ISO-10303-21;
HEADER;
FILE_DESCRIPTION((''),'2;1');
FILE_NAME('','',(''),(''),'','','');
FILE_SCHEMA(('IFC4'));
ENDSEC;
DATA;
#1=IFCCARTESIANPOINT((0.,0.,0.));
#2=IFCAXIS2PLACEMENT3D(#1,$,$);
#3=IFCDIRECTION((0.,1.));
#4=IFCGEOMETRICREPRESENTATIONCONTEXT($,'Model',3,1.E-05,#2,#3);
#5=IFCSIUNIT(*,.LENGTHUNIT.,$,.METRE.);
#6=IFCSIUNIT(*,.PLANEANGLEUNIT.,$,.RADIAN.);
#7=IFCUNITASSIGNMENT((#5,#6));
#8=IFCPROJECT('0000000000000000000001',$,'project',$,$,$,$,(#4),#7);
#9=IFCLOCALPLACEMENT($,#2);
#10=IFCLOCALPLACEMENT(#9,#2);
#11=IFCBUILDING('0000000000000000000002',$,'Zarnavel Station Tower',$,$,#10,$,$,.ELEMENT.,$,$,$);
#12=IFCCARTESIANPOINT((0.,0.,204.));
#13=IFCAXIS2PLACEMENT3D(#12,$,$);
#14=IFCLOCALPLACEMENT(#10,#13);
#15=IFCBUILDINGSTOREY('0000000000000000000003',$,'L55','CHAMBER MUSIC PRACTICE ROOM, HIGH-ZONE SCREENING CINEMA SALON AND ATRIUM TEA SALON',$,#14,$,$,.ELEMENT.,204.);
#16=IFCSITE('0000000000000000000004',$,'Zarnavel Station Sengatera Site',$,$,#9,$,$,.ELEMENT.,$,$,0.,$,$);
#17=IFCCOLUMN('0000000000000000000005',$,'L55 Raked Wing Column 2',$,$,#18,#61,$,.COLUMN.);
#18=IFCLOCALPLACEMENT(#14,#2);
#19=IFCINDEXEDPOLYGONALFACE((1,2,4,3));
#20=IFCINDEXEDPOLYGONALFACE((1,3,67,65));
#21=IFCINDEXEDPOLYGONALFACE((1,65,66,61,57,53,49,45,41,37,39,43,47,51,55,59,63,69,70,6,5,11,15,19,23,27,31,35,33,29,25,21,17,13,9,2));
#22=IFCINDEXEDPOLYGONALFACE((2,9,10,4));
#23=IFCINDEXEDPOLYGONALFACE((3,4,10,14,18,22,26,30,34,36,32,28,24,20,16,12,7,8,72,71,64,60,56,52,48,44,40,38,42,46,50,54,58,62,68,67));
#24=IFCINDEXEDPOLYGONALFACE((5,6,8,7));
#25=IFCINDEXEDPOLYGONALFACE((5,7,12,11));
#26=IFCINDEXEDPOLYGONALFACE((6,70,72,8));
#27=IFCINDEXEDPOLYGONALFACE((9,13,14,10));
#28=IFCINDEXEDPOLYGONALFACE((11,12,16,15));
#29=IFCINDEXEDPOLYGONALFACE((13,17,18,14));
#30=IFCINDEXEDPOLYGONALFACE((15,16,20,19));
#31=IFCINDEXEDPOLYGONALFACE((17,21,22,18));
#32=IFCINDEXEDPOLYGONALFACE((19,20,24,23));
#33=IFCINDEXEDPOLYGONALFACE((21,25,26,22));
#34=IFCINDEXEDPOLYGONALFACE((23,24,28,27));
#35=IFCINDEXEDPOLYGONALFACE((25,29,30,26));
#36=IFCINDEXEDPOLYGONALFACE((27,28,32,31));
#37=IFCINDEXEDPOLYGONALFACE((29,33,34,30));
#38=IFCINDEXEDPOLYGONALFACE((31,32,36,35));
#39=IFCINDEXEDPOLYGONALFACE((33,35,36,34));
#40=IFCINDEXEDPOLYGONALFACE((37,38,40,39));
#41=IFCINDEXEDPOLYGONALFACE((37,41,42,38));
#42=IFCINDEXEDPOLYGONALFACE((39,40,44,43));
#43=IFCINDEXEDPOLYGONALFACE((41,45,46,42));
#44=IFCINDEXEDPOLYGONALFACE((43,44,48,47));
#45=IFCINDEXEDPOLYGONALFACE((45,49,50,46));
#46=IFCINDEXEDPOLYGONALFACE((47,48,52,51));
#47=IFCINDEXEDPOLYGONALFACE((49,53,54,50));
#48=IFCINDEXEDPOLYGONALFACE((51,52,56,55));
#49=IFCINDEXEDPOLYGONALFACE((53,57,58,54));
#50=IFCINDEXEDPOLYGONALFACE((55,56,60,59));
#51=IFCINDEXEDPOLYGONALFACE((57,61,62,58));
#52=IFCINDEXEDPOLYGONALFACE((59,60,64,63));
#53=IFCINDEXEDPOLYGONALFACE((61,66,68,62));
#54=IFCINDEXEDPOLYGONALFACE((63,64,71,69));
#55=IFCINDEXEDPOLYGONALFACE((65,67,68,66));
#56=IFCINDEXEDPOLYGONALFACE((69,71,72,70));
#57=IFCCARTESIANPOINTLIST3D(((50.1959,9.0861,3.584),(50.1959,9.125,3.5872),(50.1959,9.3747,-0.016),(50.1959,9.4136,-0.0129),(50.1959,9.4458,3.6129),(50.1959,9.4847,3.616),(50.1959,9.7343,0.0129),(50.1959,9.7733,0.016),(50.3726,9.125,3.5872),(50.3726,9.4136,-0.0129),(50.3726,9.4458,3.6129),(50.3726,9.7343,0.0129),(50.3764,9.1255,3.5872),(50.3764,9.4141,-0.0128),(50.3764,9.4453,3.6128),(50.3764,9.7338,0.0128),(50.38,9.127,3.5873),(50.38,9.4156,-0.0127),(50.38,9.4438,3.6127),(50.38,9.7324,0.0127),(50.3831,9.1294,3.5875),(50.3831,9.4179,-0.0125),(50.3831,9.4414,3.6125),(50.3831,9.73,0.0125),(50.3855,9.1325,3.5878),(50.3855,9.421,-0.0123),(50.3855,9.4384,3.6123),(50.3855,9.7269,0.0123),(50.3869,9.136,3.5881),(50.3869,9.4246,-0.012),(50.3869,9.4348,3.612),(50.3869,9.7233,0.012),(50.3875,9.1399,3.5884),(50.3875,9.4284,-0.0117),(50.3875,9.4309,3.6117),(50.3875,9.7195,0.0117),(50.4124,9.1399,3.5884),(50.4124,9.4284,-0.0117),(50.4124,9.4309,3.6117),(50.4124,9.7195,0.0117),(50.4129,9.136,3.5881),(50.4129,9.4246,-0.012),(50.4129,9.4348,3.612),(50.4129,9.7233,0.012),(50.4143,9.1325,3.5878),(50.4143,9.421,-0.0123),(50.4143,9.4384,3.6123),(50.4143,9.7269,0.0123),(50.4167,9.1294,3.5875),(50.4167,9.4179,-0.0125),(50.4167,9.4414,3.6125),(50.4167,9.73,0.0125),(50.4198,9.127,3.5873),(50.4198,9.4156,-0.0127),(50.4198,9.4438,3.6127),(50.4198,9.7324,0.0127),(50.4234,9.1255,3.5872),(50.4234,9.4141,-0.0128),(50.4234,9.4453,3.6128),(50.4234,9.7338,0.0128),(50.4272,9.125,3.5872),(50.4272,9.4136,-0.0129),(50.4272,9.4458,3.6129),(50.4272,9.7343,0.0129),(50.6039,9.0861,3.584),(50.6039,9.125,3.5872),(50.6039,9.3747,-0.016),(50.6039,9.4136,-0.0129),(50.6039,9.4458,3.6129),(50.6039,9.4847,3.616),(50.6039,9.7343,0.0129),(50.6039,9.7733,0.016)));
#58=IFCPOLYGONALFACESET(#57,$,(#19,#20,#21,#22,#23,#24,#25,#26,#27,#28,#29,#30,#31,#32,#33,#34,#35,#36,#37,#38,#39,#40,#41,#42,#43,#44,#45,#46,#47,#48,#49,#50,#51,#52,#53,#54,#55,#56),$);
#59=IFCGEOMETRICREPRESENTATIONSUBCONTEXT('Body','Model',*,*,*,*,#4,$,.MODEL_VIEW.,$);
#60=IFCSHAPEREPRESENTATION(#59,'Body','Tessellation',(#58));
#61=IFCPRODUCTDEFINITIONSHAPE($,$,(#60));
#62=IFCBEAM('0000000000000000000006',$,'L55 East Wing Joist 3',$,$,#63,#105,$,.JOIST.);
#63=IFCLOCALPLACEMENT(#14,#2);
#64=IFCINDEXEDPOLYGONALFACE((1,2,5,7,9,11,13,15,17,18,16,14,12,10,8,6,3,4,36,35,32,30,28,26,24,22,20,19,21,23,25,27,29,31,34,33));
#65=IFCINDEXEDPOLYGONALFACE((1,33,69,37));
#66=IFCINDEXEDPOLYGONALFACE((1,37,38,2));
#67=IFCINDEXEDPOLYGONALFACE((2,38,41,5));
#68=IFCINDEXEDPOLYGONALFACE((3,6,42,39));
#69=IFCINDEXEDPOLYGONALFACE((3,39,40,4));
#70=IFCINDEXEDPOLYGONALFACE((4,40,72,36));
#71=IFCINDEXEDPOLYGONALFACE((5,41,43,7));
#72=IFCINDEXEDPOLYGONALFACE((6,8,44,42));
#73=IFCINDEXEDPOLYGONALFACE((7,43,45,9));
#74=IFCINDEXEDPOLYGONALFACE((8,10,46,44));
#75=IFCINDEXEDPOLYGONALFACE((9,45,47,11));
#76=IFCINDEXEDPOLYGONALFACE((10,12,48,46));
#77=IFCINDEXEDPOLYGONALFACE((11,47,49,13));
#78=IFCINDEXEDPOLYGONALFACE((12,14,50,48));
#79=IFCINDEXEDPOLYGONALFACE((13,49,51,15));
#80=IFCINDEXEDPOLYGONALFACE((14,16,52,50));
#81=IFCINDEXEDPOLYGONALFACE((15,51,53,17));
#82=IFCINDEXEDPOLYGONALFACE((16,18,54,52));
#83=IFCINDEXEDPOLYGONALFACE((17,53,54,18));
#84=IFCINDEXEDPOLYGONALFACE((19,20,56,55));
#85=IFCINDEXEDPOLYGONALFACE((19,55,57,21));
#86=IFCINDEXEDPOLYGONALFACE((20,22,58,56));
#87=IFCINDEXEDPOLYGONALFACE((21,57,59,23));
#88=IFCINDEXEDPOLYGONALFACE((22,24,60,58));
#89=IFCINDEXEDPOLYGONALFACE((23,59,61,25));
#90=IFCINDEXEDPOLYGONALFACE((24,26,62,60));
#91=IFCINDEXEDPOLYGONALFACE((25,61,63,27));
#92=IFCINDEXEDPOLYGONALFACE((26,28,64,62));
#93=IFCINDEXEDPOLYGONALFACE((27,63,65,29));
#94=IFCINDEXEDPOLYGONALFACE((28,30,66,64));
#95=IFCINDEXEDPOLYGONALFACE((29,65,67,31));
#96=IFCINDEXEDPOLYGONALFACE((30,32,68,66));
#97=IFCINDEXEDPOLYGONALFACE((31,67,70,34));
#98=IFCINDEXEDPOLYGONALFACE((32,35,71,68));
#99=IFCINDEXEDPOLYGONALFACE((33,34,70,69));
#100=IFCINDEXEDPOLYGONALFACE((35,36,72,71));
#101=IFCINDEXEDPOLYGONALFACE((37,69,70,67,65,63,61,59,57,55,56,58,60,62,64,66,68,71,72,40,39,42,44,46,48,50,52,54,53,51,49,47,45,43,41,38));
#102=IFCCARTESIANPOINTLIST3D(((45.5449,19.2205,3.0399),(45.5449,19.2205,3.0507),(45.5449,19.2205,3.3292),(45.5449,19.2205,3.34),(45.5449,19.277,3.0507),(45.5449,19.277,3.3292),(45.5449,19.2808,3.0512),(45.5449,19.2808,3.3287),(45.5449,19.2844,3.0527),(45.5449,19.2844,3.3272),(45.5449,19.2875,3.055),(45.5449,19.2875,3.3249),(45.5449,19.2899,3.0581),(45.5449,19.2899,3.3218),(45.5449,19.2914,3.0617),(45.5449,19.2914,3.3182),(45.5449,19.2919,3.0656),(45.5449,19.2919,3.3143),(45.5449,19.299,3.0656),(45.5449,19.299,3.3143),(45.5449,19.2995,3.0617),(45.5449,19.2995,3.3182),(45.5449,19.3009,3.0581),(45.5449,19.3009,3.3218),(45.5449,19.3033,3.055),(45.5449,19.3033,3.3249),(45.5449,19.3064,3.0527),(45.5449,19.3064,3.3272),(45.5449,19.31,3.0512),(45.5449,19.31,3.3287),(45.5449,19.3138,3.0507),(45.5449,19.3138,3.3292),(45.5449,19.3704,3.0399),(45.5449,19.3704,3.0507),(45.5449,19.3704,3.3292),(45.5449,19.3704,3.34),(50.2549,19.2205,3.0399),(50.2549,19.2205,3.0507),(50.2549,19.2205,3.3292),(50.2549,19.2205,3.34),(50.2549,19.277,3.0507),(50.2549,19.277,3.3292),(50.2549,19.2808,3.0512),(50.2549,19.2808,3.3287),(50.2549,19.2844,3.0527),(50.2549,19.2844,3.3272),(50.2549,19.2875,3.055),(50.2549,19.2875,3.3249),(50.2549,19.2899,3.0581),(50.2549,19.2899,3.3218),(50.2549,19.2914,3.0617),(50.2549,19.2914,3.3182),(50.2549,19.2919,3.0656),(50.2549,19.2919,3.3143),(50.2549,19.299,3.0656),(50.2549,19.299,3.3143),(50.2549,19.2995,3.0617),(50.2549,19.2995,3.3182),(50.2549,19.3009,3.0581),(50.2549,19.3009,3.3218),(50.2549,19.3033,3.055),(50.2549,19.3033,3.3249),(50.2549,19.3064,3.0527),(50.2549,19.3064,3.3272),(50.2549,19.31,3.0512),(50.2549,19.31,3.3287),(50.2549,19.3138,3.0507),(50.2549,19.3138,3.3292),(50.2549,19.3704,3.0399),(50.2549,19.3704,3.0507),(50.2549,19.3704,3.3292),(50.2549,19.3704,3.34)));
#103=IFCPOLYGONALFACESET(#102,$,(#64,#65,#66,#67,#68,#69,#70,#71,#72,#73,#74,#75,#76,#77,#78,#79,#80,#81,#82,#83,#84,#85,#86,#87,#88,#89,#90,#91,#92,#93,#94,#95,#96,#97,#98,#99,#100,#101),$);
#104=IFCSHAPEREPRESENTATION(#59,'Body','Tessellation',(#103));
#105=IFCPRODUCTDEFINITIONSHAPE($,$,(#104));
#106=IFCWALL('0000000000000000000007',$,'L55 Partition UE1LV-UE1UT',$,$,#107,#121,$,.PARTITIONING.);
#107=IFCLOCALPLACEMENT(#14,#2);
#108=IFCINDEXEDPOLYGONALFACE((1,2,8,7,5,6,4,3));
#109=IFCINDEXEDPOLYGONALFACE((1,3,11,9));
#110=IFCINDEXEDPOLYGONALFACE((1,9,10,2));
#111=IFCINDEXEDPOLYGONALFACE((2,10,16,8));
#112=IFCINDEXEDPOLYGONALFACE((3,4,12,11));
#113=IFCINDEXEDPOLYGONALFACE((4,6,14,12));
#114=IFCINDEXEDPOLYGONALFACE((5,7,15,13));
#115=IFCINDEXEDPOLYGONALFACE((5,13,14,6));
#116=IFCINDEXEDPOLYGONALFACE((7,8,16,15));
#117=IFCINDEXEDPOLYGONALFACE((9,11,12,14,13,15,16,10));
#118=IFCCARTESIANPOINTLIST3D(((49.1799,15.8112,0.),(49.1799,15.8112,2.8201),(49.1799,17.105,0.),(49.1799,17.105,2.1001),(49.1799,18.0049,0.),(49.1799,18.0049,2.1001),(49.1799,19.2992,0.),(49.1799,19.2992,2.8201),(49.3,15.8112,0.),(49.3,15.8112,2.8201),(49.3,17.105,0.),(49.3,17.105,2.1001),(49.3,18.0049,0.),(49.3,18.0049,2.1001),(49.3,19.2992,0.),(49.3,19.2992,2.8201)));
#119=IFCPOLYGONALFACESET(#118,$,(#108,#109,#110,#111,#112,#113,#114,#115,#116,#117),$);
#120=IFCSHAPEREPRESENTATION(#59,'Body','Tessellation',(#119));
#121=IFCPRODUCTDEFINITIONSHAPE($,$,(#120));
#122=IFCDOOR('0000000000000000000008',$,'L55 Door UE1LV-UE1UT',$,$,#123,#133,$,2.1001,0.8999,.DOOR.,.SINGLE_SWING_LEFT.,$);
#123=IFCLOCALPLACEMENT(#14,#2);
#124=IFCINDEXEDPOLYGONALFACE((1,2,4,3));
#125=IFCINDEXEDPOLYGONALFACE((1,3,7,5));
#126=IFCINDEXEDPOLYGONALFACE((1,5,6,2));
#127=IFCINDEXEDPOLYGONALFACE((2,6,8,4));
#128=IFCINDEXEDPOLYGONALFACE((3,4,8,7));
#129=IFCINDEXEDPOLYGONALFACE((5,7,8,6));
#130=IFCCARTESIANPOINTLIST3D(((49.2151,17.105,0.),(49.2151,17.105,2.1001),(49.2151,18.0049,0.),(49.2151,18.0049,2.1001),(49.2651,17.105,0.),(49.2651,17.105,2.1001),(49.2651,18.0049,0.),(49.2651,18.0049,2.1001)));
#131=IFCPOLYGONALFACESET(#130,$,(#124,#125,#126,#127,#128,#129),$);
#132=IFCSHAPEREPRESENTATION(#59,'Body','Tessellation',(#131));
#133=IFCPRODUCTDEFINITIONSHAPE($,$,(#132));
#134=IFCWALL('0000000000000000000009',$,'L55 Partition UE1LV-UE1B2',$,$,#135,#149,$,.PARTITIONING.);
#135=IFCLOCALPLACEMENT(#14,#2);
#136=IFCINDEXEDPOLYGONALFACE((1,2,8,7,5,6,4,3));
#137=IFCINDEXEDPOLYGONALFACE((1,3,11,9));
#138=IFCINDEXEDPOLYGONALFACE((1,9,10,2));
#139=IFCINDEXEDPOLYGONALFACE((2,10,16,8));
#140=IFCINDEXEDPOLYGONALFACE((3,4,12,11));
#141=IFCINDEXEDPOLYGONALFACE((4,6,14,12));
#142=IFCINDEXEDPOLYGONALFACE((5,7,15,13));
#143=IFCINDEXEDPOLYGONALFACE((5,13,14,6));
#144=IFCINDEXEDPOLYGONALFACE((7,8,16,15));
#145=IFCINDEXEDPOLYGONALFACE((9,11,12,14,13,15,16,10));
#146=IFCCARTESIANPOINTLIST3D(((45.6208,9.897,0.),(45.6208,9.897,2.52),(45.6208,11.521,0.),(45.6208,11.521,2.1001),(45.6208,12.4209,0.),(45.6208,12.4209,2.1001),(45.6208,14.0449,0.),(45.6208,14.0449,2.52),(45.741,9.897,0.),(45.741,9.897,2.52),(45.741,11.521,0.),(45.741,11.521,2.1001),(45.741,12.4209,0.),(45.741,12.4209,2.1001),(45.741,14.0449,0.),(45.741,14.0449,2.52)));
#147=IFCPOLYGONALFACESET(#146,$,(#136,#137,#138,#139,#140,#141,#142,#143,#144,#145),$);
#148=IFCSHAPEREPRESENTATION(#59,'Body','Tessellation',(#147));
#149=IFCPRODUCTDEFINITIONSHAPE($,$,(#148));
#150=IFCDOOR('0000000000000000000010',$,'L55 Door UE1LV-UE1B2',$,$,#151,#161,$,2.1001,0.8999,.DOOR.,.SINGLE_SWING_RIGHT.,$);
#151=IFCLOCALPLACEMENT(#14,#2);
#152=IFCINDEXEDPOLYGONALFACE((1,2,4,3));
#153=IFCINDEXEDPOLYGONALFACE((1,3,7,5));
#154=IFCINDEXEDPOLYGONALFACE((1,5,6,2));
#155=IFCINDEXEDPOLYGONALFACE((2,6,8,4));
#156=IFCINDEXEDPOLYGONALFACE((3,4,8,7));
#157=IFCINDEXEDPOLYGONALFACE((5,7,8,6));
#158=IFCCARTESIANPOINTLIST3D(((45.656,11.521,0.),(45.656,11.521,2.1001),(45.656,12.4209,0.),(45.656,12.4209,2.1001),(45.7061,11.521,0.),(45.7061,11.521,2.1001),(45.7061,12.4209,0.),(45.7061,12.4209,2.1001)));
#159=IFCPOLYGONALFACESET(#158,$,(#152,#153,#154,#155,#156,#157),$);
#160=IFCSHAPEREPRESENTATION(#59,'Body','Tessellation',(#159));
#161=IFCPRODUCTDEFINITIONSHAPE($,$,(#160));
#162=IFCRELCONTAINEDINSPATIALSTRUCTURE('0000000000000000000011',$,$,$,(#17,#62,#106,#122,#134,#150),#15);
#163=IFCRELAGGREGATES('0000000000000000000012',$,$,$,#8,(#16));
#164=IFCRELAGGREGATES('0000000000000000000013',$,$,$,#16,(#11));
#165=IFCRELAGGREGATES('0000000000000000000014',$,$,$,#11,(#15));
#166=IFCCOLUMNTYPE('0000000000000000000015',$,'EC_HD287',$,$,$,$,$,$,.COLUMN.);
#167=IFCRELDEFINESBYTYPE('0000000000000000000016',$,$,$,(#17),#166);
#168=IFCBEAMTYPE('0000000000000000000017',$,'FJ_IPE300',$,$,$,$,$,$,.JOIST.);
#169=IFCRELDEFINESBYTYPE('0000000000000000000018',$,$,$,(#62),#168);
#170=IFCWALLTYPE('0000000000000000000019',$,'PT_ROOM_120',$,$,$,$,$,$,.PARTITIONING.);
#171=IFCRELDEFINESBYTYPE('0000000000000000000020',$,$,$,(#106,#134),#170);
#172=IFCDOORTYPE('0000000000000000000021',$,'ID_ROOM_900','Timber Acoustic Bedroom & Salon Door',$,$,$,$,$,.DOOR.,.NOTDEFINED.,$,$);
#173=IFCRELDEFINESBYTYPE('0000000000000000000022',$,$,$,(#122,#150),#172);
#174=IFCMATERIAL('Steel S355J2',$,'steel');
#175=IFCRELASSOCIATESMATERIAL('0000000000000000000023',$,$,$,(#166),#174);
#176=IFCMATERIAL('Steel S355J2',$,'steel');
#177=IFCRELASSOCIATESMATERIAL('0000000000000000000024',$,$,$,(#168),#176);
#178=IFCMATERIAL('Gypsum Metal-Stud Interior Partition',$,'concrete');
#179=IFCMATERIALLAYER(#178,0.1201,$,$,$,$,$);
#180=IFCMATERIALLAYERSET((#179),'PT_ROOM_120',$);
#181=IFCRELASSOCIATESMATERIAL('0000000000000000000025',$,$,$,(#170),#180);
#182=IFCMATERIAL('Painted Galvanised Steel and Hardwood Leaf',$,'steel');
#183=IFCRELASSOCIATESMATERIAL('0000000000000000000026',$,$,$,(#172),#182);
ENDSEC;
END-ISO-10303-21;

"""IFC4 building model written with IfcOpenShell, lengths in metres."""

from ifc_helpers import new_model, si_unit, direction, frame, frame_2d, origin, origin_2d, place, context, subcontext, project, spatial, rectangle, i_section, extrude, material, layer, layer_set, material_profile, profile_set, type_object, element, fill, save


model = new_model("IFC4")

# Units and contexts
model_context = context("Model", 3, precision=1e-05, world=origin(), true_north=direction((0.0, 1.0)))
body_context = subcontext(model_context, "Body", "Model", "MODEL_VIEW")
ifc_project = project(units=[si_unit("LENGTHUNIT", "METRE"), si_unit("PLANEANGLEUNIT", "RADIAN")], contexts=[model_context])

# Site, building, storey
site_placement = place(None, origin())
site = spatial("IfcSite", under=ifc_project, at=site_placement, Name="Zarnavel Station Sengatera Site", CompositionType="ELEMENT", RefElevation=0.0)
building_placement = place(site_placement, origin())
building = spatial("IfcBuilding", under=site, at=building_placement, Name="Zarnavel Station Tower", CompositionType="ELEMENT")
storey_placement = place(building_placement, frame((0.0, 0.0, 204.0)))
storey = spatial("IfcBuildingStorey", under=building, at=storey_placement, Name="L55", Description="CHAMBER MUSIC PRACTICE ROOM, HIGH-ZONE SCREENING CINEMA SALON AND ATRIUM TEA SALON", CompositionType="ELEMENT", Elevation=204.0)

# Column
ifc_material_1 = material(Name="Steel S355J2", Category="steel")
ifc_material_profile_1 = material_profile(ifc_material_1, i_section(OverallWidth=0.408, OverallDepth=0.3999, WebThickness=0.0249, FlangeThickness=0.0391, FilletRadius=0.0149, at=origin_2d()), Name="HD400x287")
ifc_profile_set_1 = profile_set([ifc_material_profile_1], Name="Steel S355J2")
column_type = type_object("IfcColumnType", Name="EC_HD287", PredefinedType="COLUMN", material=ifc_profile_set_1)
column_placement = place(storey_placement, frame((50.3999, 9.574, 0.0), z_axis=(0.0, -0.079901, 0.996803), x_axis=(1.0, 0.0, 0.0)))
element("IfcColumn", 1, at=column_placement, inside=storey, type_object=column_type, Name="L55 Raked Wing Column 2", PredefinedType="COLUMN", context=body_context, shape_type="SweptSolid", body=[
    extrude(i_section(OverallWidth=0.408, OverallDepth=0.3999, WebThickness=0.0249, FlangeThickness=0.0391, FilletRadius=0.0149, at=origin_2d()), origin(), (0.0, 0.0, 1.0), 3.6116),
])

# Beam
ifc_material_2 = material(Name="Steel S355J2", Category="steel")
ifc_material_profile_2 = material_profile(ifc_material_2, i_section(OverallWidth=0.1499, OverallDepth=0.3, WebThickness=0.0071, FlangeThickness=0.0107, FilletRadius=0.0149, at=origin_2d()), Name="IPE300")
ifc_profile_set_2 = profile_set([ifc_material_profile_2], Name="Steel S355J2")
beam_type = type_object("IfcBeamType", Name="FJ_IPE300", PredefinedType="JOIST", material=ifc_profile_set_2)
beam_placement = place(storey_placement, frame((45.5449, 19.2954, 3.1899), z_axis=(1.0, 0.0, 0.0), x_axis=(0.0, 1.0, 0.0)))
element("IfcBeam", 2, at=beam_placement, inside=storey, type_object=beam_type, Name="L55 East Wing Joist 3", PredefinedType="JOIST", context=body_context, shape_type="SweptSolid", body=[
    extrude(i_section(OverallWidth=0.1499, OverallDepth=0.3, WebThickness=0.0071, FlangeThickness=0.0107, FilletRadius=0.0149, at=origin_2d()), origin(), (0.0, 0.0, 1.0), 4.71),
])

# Walls, openings, doors
ifc_material_3 = material(Name="Gypsum Metal-Stud Interior Partition", Category="concrete")
ifc_layer_1 = layer(ifc_material_3, 0.1201)
ifc_layer_set_1 = layer_set([ifc_layer_1], Name="PT_ROOM_120")
wall_type_1 = type_object("IfcWallType", Name="PT_ROOM_120", PredefinedType="PARTITIONING", material=ifc_layer_set_1)
wall_1_placement = place(storey_placement, frame((49.24, 15.811, 0.0), z_axis=(0.0, 0.0, 1.0), x_axis=(0.0, 1.0, 0.0)))
wall_1 = element("IfcWall", 3, at=wall_1_placement, inside=storey, type_object=wall_type_1, Name="L55 Partition UE1LV-UE1UT", PredefinedType="PARTITIONING", context=body_context, shape_type="SweptSolid", body=[
    extrude(rectangle(XDim=3.488, YDim=0.1201, at=frame_2d((1.7441, 0.0))), origin(), (0.0, 0.0, 1.0), 2.8201),
])
opening_1_placement = place(wall_1_placement, frame((1.2939, 0.0, 0.0)))
opening_1 = element("IfcOpeningElement", 4, at=opening_1_placement, cuts=wall_1, PredefinedType="OPENING", context=body_context, shape_type="SweptSolid", body=[
    extrude(rectangle(XDim=0.8999, YDim=2.1001, at=frame_2d((0.45, 1.05))), frame((0.0, 0.0701, 0.0), z_axis=(0.0, -1.0, 0.0), x_axis=(1.0, 0.0, 0.0)), (0.0, 0.0, 1.0), 0.1401),
])
ifc_material_4 = material(Name="Painted Galvanised Steel and Hardwood Leaf", Category="steel")
door_type_1 = type_object("IfcDoorType", Name="ID_ROOM_900", Description="Timber Acoustic Bedroom & Salon Door", OperationType="NOTDEFINED", PredefinedType="DOOR", material=ifc_material_4)
door_1_placement = place(opening_1_placement, origin())
door_1 = element("IfcDoor", 5, at=door_1_placement, inside=storey, type_object=door_type_1, Name="L55 Door UE1LV-UE1UT", OperationType="SINGLE_SWING_LEFT", OverallHeight=2.1001, OverallWidth=0.8999, PredefinedType="DOOR", context=body_context, shape_type="SweptSolid", body=[
    extrude(rectangle(XDim=0.8999, YDim=2.1001, at=frame_2d((0.45, 1.05))), frame((0.0, 0.0249, 0.0), z_axis=(0.0, -1.0, 0.0), x_axis=(1.0, 0.0, 0.0)), (0.0, 0.0, 1.0), 0.05),
])
fill(opening_1, door_1)
wall_2_placement = place(storey_placement, frame((45.6809, 9.897, 0.0), z_axis=(0.0, 0.0, 1.0), x_axis=(0.0, 1.0, 0.0)))
wall_2 = element("IfcWall", 6, at=wall_2_placement, inside=storey, type_object=wall_type_1, Name="L55 Partition UE1LV-UE1B2", PredefinedType="PARTITIONING", context=body_context, shape_type="SweptSolid", body=[
    extrude(rectangle(XDim=4.1479, YDim=0.1201, at=frame_2d((2.074, 0.0))), origin(), (0.0, 0.0, 1.0), 2.52),
])
opening_2_placement = place(wall_2_placement, frame((1.624, 0.0, 0.0)))
opening_2 = element("IfcOpeningElement", 7, at=opening_2_placement, cuts=wall_2, PredefinedType="OPENING", context=body_context, shape_type="SweptSolid", body=[
    extrude(rectangle(XDim=0.8999, YDim=2.1001, at=frame_2d((0.45, 1.05))), frame((0.0, 0.0701, 0.0), z_axis=(0.0, -1.0, 0.0), x_axis=(1.0, 0.0, 0.0)), (0.0, 0.0, 1.0), 0.1401),
])
door_2_placement = place(opening_2_placement, origin())
door_2 = element("IfcDoor", 8, at=door_2_placement, inside=storey, type_object=door_type_1, Name="L55 Door UE1LV-UE1B2", OperationType="SINGLE_SWING_RIGHT", OverallHeight=2.1001, OverallWidth=0.8999, PredefinedType="DOOR", context=body_context, shape_type="SweptSolid", body=[
    extrude(rectangle(XDim=0.8999, YDim=2.1001, at=frame_2d((0.45, 1.05))), frame((0.0, 0.0249, 0.0), z_axis=(0.0, -1.0, 0.0), x_axis=(1.0, 0.0, 0.0)), (0.0, 0.0, 1.0), 0.05),
])
fill(opening_2, door_2)

save(model, "model.ifc")
